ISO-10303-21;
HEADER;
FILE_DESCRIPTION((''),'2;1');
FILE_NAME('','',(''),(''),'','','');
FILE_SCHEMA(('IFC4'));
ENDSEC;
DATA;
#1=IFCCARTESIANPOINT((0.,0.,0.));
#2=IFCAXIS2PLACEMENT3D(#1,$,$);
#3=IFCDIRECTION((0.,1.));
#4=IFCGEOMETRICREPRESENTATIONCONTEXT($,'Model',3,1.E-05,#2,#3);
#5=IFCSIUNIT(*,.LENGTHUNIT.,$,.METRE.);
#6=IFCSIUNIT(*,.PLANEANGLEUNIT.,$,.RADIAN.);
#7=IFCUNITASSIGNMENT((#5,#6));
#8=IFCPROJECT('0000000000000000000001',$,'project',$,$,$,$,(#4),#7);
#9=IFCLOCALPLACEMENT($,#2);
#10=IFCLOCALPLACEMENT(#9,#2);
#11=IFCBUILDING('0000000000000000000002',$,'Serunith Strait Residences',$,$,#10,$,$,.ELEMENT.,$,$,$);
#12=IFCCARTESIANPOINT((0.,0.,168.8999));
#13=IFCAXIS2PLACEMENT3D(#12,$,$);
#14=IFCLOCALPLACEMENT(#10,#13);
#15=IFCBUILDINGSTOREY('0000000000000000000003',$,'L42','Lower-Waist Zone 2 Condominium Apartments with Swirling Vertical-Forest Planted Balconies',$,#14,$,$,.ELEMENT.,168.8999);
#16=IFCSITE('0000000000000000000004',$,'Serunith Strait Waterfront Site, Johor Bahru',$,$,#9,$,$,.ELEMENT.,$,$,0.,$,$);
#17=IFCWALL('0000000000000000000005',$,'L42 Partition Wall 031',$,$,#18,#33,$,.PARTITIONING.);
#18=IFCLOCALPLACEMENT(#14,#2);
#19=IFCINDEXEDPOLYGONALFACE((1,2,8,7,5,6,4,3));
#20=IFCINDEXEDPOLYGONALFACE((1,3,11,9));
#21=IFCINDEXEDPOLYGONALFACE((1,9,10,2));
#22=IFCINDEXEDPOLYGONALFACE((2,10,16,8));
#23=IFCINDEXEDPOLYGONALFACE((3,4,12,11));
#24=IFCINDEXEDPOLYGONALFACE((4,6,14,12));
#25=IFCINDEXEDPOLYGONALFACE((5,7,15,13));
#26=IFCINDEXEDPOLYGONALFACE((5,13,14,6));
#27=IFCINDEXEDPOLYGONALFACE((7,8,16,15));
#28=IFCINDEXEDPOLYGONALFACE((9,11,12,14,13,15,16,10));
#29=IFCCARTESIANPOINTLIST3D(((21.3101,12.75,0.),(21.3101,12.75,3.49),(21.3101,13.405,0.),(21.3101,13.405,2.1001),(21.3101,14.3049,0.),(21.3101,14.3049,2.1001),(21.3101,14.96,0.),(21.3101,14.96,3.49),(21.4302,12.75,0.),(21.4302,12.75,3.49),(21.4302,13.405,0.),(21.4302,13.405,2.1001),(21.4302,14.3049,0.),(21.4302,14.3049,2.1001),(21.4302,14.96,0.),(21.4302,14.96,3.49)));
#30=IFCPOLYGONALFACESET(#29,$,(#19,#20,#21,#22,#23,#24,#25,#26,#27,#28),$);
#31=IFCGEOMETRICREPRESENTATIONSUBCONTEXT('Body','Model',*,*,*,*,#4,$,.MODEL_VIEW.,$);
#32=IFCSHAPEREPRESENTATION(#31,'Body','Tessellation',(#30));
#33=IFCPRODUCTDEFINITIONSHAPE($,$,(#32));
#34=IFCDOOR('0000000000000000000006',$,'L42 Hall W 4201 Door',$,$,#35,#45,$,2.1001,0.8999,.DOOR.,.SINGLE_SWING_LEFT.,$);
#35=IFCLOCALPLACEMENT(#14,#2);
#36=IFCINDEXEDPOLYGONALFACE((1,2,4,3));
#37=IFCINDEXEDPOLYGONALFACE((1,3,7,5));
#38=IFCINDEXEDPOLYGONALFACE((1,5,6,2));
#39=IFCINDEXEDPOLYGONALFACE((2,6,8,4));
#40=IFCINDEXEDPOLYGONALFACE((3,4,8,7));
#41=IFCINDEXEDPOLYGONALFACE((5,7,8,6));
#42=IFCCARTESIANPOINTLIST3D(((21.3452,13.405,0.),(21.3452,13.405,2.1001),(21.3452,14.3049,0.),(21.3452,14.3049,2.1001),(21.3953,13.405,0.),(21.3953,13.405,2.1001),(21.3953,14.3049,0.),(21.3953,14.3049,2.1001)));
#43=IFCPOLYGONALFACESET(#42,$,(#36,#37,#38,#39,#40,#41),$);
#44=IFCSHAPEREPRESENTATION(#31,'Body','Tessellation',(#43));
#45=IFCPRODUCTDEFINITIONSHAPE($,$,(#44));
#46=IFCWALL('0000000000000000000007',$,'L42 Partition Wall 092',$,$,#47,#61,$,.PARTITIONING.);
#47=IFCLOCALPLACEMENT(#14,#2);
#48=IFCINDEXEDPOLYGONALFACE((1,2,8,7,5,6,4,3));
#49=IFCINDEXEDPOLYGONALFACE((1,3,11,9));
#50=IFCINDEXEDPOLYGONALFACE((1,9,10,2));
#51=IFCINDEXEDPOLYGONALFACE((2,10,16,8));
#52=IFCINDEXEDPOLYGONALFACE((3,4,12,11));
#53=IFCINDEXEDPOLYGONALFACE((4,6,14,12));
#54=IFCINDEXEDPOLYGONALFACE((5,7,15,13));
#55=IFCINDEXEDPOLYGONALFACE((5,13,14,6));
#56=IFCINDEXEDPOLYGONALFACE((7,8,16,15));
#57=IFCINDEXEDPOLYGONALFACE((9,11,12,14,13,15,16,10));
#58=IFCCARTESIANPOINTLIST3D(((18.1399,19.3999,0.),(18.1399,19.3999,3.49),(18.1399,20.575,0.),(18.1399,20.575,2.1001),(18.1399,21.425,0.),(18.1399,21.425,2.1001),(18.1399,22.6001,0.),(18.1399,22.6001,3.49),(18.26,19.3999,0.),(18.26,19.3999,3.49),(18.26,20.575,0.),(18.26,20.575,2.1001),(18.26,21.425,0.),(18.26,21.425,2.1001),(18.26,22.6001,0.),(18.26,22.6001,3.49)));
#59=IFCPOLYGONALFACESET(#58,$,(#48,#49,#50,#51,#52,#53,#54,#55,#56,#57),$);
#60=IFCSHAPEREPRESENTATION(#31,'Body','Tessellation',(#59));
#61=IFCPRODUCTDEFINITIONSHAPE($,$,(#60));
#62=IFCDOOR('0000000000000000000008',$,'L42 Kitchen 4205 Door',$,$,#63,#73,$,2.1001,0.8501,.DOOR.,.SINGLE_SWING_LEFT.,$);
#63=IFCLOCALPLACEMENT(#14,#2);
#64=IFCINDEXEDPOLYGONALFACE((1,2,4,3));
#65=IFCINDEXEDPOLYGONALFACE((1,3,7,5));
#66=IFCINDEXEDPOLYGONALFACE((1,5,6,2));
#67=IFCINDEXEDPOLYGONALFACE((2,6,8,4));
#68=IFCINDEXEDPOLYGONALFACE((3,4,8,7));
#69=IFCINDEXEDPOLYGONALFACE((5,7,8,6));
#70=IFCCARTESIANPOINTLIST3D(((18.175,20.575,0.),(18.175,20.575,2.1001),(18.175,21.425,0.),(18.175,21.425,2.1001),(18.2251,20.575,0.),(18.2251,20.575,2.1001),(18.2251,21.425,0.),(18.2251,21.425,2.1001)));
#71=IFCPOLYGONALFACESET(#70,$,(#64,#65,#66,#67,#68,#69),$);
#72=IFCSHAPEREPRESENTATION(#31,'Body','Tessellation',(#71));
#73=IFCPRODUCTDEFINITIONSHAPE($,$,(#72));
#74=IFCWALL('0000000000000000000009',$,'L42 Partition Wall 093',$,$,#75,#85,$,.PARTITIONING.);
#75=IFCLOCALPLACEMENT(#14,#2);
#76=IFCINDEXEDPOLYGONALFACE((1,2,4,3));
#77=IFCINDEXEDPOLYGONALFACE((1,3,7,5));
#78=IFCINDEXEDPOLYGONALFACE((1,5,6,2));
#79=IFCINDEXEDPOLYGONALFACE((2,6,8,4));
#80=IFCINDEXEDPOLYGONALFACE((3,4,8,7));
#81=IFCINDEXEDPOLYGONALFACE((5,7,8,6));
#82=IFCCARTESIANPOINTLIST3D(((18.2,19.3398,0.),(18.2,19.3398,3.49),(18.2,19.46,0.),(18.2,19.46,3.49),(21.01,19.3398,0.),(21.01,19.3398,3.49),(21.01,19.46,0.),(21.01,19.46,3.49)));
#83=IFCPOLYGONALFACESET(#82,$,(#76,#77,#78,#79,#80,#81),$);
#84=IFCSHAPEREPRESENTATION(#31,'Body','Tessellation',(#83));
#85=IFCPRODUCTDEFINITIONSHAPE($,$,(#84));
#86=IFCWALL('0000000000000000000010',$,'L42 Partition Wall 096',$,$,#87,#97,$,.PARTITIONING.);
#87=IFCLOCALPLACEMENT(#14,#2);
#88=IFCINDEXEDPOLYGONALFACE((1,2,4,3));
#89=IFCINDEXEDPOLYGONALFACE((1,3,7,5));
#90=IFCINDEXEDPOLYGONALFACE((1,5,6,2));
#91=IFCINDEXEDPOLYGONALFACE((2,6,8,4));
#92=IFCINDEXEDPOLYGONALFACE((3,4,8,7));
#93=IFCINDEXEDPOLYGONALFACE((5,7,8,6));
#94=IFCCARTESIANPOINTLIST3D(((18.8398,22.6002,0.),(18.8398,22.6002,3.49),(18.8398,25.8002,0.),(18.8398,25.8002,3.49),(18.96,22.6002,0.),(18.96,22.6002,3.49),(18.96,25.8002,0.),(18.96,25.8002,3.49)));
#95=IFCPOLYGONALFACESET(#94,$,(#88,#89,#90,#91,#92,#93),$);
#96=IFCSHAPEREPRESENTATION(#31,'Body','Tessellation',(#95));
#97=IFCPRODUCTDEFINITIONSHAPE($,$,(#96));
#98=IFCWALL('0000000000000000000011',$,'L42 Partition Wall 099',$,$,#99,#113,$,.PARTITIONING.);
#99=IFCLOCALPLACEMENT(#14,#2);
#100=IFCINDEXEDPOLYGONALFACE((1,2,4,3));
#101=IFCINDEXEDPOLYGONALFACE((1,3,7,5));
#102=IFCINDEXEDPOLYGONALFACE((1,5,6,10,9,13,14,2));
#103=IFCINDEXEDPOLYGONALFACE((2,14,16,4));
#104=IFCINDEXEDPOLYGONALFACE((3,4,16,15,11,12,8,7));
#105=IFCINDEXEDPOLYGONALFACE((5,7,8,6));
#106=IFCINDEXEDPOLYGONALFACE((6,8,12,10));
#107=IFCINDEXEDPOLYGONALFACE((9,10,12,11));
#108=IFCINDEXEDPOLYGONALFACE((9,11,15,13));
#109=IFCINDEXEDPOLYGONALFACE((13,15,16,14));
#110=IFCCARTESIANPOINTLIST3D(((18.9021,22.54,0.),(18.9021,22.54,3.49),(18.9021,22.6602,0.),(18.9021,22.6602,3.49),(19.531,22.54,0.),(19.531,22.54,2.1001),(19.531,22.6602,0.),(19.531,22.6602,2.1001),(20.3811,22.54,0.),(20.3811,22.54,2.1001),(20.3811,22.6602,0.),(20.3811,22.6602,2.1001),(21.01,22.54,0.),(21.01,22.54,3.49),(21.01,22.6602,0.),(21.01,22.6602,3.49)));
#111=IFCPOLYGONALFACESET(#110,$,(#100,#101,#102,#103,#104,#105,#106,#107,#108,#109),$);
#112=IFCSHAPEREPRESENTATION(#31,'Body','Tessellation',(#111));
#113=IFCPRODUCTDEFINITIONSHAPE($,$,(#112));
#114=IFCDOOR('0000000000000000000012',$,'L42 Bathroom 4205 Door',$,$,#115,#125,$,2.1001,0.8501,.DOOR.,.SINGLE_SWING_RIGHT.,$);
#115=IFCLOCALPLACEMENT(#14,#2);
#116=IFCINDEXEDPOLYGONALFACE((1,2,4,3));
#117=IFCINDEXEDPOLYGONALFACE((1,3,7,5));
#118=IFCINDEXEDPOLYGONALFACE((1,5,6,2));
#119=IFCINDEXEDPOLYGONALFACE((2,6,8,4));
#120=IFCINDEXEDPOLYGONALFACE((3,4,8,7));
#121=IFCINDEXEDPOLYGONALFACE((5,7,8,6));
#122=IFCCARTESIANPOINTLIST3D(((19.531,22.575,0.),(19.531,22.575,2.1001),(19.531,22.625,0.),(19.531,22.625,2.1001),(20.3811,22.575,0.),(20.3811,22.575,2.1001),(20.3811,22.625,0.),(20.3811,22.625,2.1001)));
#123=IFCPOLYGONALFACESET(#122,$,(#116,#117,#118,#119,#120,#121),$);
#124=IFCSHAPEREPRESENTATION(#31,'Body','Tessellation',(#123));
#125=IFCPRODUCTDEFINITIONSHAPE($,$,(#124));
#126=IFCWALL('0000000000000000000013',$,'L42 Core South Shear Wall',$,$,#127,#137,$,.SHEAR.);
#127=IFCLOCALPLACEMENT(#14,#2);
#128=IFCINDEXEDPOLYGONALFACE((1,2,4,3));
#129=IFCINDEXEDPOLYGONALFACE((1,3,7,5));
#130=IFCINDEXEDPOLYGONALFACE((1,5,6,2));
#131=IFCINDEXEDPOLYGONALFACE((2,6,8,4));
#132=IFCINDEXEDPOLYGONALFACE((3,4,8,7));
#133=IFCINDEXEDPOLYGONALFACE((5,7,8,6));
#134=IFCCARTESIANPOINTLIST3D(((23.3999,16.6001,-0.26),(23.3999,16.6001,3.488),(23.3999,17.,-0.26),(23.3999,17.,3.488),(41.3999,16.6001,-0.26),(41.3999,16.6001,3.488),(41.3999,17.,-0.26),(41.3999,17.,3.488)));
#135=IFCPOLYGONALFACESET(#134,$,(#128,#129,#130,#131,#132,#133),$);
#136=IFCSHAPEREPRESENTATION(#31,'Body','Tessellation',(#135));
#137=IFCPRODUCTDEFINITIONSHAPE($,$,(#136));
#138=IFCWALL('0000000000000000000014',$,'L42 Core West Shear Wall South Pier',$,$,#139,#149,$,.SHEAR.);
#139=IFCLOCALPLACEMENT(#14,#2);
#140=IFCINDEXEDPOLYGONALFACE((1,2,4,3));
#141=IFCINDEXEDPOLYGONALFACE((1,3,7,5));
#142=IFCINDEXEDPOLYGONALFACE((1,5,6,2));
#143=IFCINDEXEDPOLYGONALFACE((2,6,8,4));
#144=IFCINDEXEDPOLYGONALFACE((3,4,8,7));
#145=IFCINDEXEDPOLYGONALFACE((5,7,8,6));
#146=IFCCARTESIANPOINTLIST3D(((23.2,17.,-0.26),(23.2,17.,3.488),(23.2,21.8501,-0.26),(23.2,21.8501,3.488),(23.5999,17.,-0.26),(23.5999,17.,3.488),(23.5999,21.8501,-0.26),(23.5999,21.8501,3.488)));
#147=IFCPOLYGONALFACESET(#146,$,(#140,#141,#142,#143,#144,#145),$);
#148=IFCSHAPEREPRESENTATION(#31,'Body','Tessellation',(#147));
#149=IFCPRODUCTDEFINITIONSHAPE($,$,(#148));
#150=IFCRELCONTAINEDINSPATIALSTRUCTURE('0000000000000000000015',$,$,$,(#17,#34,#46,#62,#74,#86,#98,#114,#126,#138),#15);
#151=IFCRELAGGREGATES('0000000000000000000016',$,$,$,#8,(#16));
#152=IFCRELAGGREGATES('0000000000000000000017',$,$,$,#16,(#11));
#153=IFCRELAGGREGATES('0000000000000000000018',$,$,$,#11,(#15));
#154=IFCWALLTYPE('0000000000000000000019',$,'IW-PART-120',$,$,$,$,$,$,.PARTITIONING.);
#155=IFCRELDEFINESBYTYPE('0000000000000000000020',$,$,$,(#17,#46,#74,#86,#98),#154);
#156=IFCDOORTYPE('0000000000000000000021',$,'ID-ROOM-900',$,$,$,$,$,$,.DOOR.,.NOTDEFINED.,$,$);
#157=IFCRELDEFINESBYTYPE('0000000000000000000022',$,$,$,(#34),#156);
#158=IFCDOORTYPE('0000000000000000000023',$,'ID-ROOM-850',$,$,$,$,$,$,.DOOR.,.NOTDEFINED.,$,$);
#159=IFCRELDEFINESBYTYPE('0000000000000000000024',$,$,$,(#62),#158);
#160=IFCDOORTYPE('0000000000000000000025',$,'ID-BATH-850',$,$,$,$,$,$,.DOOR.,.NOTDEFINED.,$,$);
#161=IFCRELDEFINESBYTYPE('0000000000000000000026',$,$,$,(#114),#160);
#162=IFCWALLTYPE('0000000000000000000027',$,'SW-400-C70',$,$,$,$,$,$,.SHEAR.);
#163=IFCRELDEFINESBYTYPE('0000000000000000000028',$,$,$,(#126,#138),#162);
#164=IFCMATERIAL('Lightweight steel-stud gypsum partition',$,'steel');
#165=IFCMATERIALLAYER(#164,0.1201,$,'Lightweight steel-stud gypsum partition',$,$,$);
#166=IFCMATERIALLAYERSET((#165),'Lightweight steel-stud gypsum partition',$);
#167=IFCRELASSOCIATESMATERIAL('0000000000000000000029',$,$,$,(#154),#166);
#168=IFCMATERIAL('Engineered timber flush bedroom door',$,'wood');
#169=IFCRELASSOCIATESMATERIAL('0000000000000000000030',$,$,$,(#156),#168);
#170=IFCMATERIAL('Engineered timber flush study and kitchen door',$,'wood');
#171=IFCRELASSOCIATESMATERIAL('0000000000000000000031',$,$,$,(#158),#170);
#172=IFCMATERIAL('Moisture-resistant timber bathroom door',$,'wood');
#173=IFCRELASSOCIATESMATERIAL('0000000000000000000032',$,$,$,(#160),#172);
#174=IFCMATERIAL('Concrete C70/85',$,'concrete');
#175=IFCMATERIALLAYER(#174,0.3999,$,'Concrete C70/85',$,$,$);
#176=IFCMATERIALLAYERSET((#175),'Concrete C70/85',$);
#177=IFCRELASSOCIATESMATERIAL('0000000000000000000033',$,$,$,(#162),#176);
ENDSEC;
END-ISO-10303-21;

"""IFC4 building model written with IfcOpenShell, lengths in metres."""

from ifc_helpers import new_model, si_unit, direction, frame, frame_2d, origin, place, context, subcontext, project, spatial, rectangle, extrude, source, transform, mapped, material, layer, layer_set, type_object, element, fill, save


model = new_model("IFC4")

# Units and contexts
model_context = context("Model", 3, precision=1e-05, world=origin(), true_north=direction((0.0, 1.0)))
body_context = subcontext(model_context, "Body", "Model", "MODEL_VIEW")
ifc_project = project(units=[si_unit("LENGTHUNIT", "METRE"), si_unit("PLANEANGLEUNIT", "RADIAN")], contexts=[model_context])

# Site, building, storey
site_placement = place(None, origin())
site = spatial("IfcSite", under=ifc_project, at=site_placement, Name="Serunith Strait Waterfront Site, Johor Bahru", CompositionType="ELEMENT", RefElevation=0.0)
building_placement = place(site_placement, origin())
building = spatial("IfcBuilding", under=site, at=building_placement, Name="Serunith Strait Residences", CompositionType="ELEMENT")
storey_placement = place(building_placement, frame((0.0, 0.0, 168.8999)))
storey = spatial("IfcBuildingStorey", under=building, at=storey_placement, Name="L42", Description="Lower-Waist Zone 2 Condominium Apartments with Swirling Vertical-Forest Planted Balconies", CompositionType="ELEMENT", Elevation=168.8999)

# Walls, openings, doors
ifc_material_1 = material(Name="Lightweight steel-stud gypsum partition", Category="steel")
ifc_layer_1 = layer(ifc_material_1, 0.1201, Name="Lightweight steel-stud gypsum partition")
ifc_layer_set_1 = layer_set([ifc_layer_1], Name="Lightweight steel-stud gypsum partition")
wall_type_1 = type_object("IfcWallType", Name="IW-PART-120", PredefinedType="PARTITIONING", material=ifc_layer_set_1)
wall_1_placement = place(storey_placement, frame((21.3701, 12.75, 0.0), z_axis=(0.0, 0.0, 1.0), x_axis=(0.0, 1.0, 0.0)))
wall_1 = element("IfcWall", 1, at=wall_1_placement, inside=storey, type_object=wall_type_1, Name="L42 Partition Wall 031", PredefinedType="PARTITIONING", context=body_context, shape_type="SweptSolid", body=[
    extrude(rectangle(XDim=2.21, YDim=0.1201, at=frame_2d((1.105, 0.0))), origin(), (0.0, 0.0, 1.0), 3.49),
])
opening_1_placement = place(wall_1_placement, frame((0.655, 0.0, 0.0)))
opening_1 = element("IfcOpeningElement", 2, at=opening_1_placement, cuts=wall_1, PredefinedType="OPENING", context=body_context, shape_type="SweptSolid", body=[
    extrude(rectangle(XDim=0.8999, YDim=2.1001, at=frame_2d((0.45, 1.05))), frame((0.0, 0.0701, 0.0), z_axis=(0.0, -1.0, 0.0), x_axis=(1.0, 0.0, 0.0)), (0.0, 0.0, 1.0), 0.1401),
])
ifc_material_2 = material(Name="Engineered timber flush bedroom door", Category="wood")
door_type_1 = type_object("IfcDoorType", Name="ID-ROOM-900", OperationType="NOTDEFINED", PredefinedType="DOOR", material=ifc_material_2)
shared_shape_1 = source(origin(), body_context, "Body", "SweptSolid", [
    extrude(rectangle(XDim=0.8999, YDim=2.1001, at=frame_2d((0.45, 1.05))), frame((0.0, 0.0249, 0.0), z_axis=(0.0, -1.0, 0.0), x_axis=(1.0, 0.0, 0.0)), (0.0, 0.0, 1.0), 0.05),
])
door_1_placement = place(opening_1_placement, origin())
door_1 = element("IfcDoor", 3, at=door_1_placement, inside=storey, type_object=door_type_1, Name="L42 Hall W 4201 Door", OperationType="SINGLE_SWING_LEFT", OverallHeight=2.1001, OverallWidth=0.8999, PredefinedType="DOOR", context=body_context, shape_type="MappedRepresentation", body=[
    mapped(shared_shape_1, transform((0.0, 0.0, 0.0), scale=1.0)),
])
fill(opening_1, door_1)
wall_2_placement = place(storey_placement, frame((18.2, 19.3999, 0.0), z_axis=(0.0, 0.0, 1.0), x_axis=(0.0, 1.0, 0.0)))
wall_2 = element("IfcWall", 4, at=wall_2_placement, inside=storey, type_object=wall_type_1, Name="L42 Partition Wall 092", PredefinedType="PARTITIONING", context=body_context, shape_type="SweptSolid", body=[
    extrude(rectangle(XDim=3.2002, YDim=0.1201, at=frame_2d((1.6001, 0.0))), origin(), (0.0, 0.0, 1.0), 3.49),
])
opening_2_placement = place(wall_2_placement, frame((1.175, 0.0, 0.0)))
opening_2 = element("IfcOpeningElement", 5, at=opening_2_placement, cuts=wall_2, PredefinedType="OPENING", context=body_context, shape_type="SweptSolid", body=[
    extrude(rectangle(XDim=0.8501, YDim=2.1001, at=frame_2d((0.425, 1.05))), frame((0.0, 0.0701, 0.0), z_axis=(0.0, -1.0, 0.0), x_axis=(1.0, 0.0, 0.0)), (0.0, 0.0, 1.0), 0.1401),
])
ifc_material_3 = material(Name="Engineered timber flush study and kitchen door", Category="wood")
door_type_2 = type_object("IfcDoorType", Name="ID-ROOM-850", OperationType="NOTDEFINED", PredefinedType="DOOR", material=ifc_material_3)
shared_shape_2 = source(origin(), body_context, "Body", "SweptSolid", [
    extrude(rectangle(XDim=0.8501, YDim=2.1001, at=frame_2d((0.425, 1.05))), frame((0.0, 0.0249, 0.0), z_axis=(0.0, -1.0, 0.0), x_axis=(1.0, 0.0, 0.0)), (0.0, 0.0, 1.0), 0.05),
])
door_2_placement = place(opening_2_placement, origin())
door_2 = element("IfcDoor", 6, at=door_2_placement, inside=storey, type_object=door_type_2, Name="L42 Kitchen 4205 Door", OperationType="SINGLE_SWING_LEFT", OverallHeight=2.1001, OverallWidth=0.8501, PredefinedType="DOOR", context=body_context, shape_type="MappedRepresentation", body=[
    mapped(shared_shape_2, transform((0.0, 0.0, 0.0), scale=1.0)),
])
fill(opening_2, door_2)

# Walls
wall_3_placement = place(storey_placement, frame((18.2, 19.3999, 0.0), z_axis=(0.0, 0.0, 1.0), x_axis=(1.0, 0.0, 0.0)))
element("IfcWall", 7, at=wall_3_placement, inside=storey, type_object=wall_type_1, Name="L42 Partition Wall 093", PredefinedType="PARTITIONING", context=body_context, shape_type="SweptSolid", body=[
    extrude(rectangle(XDim=2.8101, YDim=0.1201, at=frame_2d((1.405, 0.0))), origin(), (0.0, 0.0, 1.0), 3.49),
])
wall_4_placement = place(storey_placement, frame((18.8999, 22.6001, 0.0), z_axis=(0.0, 0.0, 1.0), x_axis=(0.0, 1.0, 0.0)))
element("IfcWall", 8, at=wall_4_placement, inside=storey, type_object=wall_type_1, Name="L42 Partition Wall 096", PredefinedType="PARTITIONING", context=body_context, shape_type="SweptSolid", body=[
    extrude(rectangle(XDim=3.2, YDim=0.1201, at=frame_2d((1.6001, 0.0))), origin(), (0.0, 0.0, 1.0), 3.49),
])

# Wall, opening, door
wall_5_placement = place(storey_placement, frame((18.9021, 22.6001, 0.0), z_axis=(0.0, 0.0, 1.0), x_axis=(1.0, 0.0, 0.0)))
wall_5 = element("IfcWall", 9, at=wall_5_placement, inside=storey, type_object=wall_type_1, Name="L42 Partition Wall 099", PredefinedType="PARTITIONING", context=body_context, shape_type="SweptSolid", body=[
    extrude(rectangle(XDim=2.1079, YDim=0.1201, at=frame_2d((1.054, 0.0))), origin(), (0.0, 0.0, 1.0), 3.49),
])
opening_3_placement = place(wall_5_placement, frame((0.6289, 0.0, 0.0)))
opening_3 = element("IfcOpeningElement", 10, at=opening_3_placement, cuts=wall_5, PredefinedType="OPENING", context=body_context, shape_type="SweptSolid", body=[
    extrude(rectangle(XDim=0.8501, YDim=2.1001, at=frame_2d((0.425, 1.05))), frame((0.0, 0.0701, 0.0), z_axis=(0.0, -1.0, 0.0), x_axis=(1.0, 0.0, 0.0)), (0.0, 0.0, 1.0), 0.1401),
])
ifc_material_4 = material(Name="Moisture-resistant timber bathroom door", Category="wood")
door_type_3 = type_object("IfcDoorType", Name="ID-BATH-850", OperationType="NOTDEFINED", PredefinedType="DOOR", material=ifc_material_4)
door_3_placement = place(opening_3_placement, origin())
door_3 = element("IfcDoor", 11, at=door_3_placement, inside=storey, type_object=door_type_3, Name="L42 Bathroom 4205 Door", OperationType="SINGLE_SWING_RIGHT", OverallHeight=2.1001, OverallWidth=0.8501, PredefinedType="DOOR", context=body_context, shape_type="MappedRepresentation", body=[
    mapped(shared_shape_2, transform((0.0, 0.0, 0.0), scale=1.0)),
])
fill(opening_3, door_3)

# Walls
ifc_material_5 = material(Name="Concrete C70/85", Category="concrete")
ifc_layer_2 = layer(ifc_material_5, 0.3999, Name="Concrete C70/85")
ifc_layer_set_2 = layer_set([ifc_layer_2], Name="Concrete C70/85")
wall_type_2 = type_object("IfcWallType", Name="SW-400-C70", PredefinedType="SHEAR", material=ifc_layer_set_2)
wall_6_placement = place(storey_placement, frame((23.3999, 16.8, -0.26), z_axis=(0.0, 0.0, 1.0), x_axis=(1.0, 0.0, 0.0)))
element("IfcWall", 12, at=wall_6_placement, inside=storey, type_object=wall_type_2, Name="L42 Core South Shear Wall", PredefinedType="SHEAR", context=body_context, shape_type="SweptSolid", body=[
    extrude(rectangle(XDim=18.0, YDim=0.3999, at=frame_2d((9.0, 0.0))), origin(), (0.0, 0.0, 1.0), 3.748),
])
wall_7_placement = place(storey_placement, frame((23.3999, 17.0, -0.26), z_axis=(0.0, 0.0, 1.0), x_axis=(0.0, 1.0, 0.0)))
element("IfcWall", 13, at=wall_7_placement, inside=storey, type_object=wall_type_2, Name="L42 Core West Shear Wall South Pier", PredefinedType="SHEAR", context=body_context, shape_type="SweptSolid", body=[
    extrude(rectangle(XDim=4.8501, YDim=0.3999, at=frame_2d((2.425, 0.0))), origin(), (0.0, 0.0, 1.0), 3.748),
])

save(model, "model.ifc")
